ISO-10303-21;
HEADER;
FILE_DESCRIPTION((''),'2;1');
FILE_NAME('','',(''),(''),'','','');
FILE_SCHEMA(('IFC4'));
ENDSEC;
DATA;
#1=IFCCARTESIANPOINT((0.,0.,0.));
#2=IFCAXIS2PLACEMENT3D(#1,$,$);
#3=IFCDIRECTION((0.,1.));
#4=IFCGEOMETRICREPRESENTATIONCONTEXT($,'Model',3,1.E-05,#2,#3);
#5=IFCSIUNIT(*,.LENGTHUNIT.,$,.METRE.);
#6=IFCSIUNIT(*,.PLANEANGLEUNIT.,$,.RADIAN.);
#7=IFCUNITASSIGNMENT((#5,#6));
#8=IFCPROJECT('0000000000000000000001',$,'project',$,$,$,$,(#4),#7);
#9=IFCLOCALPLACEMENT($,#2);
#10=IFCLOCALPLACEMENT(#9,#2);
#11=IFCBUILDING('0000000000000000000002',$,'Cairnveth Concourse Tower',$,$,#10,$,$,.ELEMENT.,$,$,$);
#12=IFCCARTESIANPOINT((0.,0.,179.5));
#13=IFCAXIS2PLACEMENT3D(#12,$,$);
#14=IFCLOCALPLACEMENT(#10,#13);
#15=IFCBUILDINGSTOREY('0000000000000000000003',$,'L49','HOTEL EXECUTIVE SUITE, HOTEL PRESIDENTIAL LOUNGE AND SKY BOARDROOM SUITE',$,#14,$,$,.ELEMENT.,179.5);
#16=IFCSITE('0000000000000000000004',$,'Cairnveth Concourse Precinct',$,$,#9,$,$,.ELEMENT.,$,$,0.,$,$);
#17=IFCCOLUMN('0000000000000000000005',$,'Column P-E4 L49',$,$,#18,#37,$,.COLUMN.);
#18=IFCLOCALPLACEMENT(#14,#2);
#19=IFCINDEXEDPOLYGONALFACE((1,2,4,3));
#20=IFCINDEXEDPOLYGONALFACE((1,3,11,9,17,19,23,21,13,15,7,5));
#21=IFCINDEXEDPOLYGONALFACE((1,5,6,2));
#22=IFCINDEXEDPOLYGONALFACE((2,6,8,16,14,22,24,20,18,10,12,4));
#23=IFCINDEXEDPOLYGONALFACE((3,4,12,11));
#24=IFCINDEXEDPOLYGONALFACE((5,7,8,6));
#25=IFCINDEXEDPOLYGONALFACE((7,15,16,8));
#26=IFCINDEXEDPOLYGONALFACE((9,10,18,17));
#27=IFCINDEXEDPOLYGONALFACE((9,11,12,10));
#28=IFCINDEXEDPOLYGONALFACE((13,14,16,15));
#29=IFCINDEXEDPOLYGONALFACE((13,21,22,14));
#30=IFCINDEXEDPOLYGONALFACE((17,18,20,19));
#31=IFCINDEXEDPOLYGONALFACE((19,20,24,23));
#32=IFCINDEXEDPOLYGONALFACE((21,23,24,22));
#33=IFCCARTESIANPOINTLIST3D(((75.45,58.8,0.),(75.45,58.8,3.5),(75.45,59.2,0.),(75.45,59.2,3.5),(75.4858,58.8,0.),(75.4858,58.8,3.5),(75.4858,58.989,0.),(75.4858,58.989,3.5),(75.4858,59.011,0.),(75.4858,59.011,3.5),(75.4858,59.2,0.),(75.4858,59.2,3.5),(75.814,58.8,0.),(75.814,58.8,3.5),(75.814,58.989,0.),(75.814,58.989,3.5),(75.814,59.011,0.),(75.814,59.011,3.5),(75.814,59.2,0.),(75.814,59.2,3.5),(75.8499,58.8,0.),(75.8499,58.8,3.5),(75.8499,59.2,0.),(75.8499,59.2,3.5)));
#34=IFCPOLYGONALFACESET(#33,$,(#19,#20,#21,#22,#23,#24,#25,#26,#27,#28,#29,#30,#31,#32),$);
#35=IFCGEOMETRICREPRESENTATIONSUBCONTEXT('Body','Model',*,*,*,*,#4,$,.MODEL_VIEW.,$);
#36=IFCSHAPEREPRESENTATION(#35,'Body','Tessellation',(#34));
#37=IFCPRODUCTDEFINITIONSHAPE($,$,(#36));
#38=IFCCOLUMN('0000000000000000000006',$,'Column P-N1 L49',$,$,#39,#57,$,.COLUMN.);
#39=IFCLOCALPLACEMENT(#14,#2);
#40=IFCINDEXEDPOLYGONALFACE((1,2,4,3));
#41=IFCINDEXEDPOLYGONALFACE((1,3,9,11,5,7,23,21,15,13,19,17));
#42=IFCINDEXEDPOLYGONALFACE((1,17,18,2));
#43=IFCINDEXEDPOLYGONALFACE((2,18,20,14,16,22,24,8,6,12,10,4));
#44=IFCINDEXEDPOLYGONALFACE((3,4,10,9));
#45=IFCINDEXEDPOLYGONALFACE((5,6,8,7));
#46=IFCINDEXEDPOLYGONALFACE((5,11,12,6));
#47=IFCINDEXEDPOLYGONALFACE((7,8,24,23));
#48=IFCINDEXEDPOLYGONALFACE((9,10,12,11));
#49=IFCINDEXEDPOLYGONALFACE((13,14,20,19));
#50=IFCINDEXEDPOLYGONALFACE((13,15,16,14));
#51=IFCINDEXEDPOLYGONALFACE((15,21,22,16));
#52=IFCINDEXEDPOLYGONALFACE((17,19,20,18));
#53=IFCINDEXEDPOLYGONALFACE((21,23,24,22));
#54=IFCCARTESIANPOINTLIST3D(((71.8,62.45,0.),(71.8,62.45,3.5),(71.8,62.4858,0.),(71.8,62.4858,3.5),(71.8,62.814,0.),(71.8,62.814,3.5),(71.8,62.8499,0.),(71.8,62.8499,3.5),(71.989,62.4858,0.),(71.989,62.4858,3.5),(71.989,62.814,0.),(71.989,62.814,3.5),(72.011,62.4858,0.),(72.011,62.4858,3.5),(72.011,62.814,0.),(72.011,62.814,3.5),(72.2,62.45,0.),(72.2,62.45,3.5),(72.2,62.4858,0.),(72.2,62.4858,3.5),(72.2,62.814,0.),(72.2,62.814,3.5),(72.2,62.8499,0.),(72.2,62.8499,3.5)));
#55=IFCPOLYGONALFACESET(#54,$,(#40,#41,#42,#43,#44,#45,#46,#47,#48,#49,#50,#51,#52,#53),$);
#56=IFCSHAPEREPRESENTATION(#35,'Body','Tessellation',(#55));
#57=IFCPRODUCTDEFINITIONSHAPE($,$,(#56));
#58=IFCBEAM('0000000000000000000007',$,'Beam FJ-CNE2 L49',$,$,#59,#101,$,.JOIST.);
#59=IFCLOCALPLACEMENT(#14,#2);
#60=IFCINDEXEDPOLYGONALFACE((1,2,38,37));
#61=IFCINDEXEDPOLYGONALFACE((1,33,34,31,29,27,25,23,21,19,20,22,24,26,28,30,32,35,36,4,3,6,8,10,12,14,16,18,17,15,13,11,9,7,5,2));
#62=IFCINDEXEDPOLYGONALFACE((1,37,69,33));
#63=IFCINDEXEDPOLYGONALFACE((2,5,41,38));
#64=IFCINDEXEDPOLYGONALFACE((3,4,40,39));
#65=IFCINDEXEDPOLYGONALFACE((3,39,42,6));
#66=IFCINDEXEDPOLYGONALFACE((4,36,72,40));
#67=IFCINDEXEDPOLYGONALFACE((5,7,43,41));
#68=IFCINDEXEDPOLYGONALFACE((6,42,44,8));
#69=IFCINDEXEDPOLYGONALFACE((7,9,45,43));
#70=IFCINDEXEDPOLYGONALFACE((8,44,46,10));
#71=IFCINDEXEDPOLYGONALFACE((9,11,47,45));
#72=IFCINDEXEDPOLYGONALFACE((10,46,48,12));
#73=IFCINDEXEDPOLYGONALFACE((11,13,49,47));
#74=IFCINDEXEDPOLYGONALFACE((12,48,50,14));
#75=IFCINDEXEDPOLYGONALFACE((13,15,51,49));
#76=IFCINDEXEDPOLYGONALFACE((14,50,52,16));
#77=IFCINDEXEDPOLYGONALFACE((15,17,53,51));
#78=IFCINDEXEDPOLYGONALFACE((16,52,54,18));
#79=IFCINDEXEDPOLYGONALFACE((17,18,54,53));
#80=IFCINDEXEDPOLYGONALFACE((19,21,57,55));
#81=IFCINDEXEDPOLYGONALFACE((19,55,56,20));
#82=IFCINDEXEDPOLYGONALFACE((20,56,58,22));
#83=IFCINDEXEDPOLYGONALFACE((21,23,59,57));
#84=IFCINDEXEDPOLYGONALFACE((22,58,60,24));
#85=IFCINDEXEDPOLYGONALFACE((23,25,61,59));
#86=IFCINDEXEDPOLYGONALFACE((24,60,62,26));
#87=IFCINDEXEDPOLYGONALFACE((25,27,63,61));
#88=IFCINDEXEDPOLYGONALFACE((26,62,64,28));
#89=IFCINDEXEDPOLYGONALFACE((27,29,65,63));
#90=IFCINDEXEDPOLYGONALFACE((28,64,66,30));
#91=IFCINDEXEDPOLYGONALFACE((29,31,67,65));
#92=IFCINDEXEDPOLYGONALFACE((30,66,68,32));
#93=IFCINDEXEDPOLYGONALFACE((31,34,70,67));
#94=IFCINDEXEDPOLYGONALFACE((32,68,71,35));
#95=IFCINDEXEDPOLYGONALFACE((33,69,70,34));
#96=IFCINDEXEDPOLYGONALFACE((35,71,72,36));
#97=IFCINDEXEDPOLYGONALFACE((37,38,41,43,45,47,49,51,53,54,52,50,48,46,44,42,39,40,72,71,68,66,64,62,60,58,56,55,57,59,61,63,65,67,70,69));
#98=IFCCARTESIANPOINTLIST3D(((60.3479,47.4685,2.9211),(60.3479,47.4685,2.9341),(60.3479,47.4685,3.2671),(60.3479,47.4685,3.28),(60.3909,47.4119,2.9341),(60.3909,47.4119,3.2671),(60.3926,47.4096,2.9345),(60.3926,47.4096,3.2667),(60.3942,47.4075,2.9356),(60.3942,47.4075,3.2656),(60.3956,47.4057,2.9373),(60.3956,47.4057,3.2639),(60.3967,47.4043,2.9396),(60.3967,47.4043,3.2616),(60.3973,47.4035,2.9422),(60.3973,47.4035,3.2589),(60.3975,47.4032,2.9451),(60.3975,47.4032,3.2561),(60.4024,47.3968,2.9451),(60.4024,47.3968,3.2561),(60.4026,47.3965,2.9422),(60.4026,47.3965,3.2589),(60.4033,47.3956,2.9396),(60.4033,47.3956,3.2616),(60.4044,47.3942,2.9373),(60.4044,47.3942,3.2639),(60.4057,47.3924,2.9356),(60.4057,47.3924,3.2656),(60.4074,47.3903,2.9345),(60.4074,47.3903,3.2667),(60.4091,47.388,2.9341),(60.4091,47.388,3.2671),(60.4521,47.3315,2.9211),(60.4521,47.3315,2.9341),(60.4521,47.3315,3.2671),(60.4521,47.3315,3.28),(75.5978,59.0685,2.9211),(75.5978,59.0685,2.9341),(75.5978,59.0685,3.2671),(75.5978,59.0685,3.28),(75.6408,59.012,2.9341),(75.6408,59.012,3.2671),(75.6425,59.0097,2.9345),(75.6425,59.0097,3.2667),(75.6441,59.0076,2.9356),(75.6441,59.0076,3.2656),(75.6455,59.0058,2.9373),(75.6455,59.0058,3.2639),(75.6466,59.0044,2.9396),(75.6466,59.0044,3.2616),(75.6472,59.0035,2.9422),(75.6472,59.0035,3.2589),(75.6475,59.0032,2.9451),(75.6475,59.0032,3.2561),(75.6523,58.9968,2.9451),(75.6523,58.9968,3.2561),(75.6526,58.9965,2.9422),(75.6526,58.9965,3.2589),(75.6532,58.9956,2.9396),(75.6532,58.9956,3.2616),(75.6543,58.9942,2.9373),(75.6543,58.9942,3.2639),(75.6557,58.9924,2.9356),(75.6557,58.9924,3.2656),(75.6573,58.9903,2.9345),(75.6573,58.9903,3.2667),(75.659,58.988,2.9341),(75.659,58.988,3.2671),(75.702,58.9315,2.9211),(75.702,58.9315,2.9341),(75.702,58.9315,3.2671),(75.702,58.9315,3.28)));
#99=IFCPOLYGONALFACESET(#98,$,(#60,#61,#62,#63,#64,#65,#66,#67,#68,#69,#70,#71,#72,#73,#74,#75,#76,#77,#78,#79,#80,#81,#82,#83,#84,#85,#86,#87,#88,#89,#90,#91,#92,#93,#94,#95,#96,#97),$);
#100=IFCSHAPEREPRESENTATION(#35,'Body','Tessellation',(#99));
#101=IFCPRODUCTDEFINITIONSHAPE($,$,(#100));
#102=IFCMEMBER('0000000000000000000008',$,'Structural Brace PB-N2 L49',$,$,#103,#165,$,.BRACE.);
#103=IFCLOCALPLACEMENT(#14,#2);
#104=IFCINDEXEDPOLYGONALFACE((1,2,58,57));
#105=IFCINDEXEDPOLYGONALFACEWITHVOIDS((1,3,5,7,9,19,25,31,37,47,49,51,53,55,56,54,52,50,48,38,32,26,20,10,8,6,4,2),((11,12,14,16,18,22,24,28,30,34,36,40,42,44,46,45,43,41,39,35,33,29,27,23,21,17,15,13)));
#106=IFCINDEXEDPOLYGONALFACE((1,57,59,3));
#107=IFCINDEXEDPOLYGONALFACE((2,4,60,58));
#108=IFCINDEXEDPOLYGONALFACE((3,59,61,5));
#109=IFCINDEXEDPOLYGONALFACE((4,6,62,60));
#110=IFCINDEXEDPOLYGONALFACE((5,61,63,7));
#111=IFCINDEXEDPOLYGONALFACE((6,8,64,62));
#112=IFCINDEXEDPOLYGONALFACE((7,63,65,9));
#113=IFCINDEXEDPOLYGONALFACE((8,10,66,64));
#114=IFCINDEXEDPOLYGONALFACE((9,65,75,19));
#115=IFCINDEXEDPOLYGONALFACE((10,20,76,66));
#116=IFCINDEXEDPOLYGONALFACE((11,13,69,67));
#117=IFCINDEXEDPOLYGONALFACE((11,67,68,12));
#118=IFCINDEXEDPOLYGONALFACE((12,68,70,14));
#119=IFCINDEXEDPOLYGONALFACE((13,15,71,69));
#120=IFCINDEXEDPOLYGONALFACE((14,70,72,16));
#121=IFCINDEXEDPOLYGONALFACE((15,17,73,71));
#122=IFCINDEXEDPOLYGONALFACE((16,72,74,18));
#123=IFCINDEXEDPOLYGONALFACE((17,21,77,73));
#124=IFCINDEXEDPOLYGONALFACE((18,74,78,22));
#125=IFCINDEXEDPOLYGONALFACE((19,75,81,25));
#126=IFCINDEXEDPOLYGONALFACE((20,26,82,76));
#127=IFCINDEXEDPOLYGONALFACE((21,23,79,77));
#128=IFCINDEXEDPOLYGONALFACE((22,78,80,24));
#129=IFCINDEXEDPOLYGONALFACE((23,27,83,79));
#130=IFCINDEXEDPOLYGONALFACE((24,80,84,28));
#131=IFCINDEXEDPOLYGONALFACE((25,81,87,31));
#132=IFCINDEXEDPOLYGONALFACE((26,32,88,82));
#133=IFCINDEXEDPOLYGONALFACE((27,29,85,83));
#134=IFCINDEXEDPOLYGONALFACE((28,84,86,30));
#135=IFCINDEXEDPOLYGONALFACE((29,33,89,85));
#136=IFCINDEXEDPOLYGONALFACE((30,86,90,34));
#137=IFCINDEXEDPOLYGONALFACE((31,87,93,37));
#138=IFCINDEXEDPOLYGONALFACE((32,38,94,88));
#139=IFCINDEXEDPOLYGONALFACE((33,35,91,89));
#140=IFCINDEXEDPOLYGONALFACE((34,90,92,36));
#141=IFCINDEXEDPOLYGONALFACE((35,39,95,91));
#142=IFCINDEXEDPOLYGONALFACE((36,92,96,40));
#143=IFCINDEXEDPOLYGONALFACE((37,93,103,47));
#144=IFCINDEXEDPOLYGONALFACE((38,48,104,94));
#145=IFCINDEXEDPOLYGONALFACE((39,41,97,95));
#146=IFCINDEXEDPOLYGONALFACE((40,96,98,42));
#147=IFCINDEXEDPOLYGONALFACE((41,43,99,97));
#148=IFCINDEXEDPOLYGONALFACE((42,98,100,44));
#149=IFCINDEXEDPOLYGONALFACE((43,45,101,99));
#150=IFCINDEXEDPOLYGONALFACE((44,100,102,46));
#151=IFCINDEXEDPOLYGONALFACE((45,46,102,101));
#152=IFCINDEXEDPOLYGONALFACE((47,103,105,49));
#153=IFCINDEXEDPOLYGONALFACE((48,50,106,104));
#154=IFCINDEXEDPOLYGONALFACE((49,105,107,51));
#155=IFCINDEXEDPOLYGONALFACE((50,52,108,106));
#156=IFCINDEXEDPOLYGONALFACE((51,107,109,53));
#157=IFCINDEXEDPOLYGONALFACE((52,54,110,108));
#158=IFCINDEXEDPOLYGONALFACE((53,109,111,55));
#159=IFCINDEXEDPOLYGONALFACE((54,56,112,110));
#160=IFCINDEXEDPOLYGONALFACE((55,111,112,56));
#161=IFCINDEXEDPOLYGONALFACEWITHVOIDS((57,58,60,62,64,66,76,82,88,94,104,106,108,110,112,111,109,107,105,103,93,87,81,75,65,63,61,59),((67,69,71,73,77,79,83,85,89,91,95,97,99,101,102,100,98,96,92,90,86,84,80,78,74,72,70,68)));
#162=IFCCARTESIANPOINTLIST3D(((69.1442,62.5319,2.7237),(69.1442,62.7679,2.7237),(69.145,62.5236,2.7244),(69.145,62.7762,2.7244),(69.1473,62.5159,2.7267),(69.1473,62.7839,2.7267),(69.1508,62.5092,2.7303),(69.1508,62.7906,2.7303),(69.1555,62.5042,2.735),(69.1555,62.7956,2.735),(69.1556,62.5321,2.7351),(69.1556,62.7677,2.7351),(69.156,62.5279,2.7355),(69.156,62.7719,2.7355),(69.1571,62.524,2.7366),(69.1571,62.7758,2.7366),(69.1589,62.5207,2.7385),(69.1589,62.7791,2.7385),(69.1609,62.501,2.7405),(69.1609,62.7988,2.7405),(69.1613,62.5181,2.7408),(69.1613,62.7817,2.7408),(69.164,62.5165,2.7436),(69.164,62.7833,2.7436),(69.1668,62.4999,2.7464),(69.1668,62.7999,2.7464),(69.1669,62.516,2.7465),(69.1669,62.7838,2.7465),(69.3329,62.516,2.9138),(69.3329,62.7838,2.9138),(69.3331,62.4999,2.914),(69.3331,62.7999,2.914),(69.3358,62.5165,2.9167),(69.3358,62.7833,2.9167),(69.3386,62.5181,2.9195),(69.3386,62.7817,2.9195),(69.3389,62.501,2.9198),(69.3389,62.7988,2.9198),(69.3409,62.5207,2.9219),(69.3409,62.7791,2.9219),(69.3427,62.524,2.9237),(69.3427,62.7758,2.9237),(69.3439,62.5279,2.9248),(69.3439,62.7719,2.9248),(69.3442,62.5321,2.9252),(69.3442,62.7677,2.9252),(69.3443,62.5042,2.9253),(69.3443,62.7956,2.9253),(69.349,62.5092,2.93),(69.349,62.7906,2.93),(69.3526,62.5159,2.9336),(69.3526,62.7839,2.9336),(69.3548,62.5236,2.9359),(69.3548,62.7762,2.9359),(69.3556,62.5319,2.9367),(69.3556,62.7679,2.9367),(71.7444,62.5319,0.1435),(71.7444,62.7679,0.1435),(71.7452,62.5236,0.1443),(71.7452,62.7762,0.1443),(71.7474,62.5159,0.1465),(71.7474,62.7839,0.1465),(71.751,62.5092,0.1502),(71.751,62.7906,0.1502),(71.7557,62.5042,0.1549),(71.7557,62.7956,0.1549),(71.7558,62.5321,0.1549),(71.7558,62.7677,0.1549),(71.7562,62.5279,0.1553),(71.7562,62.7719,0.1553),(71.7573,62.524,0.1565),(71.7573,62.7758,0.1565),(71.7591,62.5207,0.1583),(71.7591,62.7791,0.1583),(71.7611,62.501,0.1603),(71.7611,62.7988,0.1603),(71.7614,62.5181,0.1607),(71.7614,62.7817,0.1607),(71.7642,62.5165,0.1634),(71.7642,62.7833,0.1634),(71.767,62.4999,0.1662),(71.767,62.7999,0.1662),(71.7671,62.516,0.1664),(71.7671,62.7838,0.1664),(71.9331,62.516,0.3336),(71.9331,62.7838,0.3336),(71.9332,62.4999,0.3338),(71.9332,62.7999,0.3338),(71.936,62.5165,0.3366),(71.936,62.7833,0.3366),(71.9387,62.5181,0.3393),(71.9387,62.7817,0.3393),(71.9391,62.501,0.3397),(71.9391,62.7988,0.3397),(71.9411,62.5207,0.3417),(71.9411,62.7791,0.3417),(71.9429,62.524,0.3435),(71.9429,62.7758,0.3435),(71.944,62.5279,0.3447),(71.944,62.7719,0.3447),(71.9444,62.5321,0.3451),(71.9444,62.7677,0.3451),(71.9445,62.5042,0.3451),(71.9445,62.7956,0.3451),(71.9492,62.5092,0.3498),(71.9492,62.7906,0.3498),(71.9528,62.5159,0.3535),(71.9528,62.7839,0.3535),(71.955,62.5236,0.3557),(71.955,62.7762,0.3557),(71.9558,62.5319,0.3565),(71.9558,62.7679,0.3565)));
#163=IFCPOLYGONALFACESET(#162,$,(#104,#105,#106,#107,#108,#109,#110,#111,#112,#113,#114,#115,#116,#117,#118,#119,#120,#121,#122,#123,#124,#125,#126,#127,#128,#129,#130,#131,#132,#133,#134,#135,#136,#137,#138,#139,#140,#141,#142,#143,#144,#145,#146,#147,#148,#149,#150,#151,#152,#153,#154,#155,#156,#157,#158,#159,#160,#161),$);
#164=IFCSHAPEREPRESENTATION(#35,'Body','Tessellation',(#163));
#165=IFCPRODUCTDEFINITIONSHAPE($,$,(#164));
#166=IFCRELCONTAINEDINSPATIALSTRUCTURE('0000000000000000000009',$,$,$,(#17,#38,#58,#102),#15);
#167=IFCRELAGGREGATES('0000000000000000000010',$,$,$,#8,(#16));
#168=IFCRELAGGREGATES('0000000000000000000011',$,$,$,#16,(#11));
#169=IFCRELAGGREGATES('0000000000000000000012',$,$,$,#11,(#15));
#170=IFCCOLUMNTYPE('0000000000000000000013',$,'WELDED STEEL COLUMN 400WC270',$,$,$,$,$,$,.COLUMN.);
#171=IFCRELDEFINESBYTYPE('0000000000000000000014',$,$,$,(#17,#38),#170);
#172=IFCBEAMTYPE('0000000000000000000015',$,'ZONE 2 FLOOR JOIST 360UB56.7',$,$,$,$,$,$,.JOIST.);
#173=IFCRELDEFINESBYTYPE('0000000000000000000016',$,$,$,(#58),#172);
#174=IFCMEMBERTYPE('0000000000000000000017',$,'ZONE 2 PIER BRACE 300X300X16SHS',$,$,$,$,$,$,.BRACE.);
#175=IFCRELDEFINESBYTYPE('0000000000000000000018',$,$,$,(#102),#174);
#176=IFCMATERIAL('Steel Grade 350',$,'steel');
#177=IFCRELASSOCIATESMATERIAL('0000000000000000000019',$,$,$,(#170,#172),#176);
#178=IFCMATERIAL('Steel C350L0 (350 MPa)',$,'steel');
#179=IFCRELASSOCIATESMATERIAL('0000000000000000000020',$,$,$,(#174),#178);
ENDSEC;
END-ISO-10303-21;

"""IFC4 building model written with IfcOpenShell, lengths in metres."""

from ifc_helpers import new_model, si_unit, direction, frame, origin, origin_2d, place, context, subcontext, project, spatial, hollow_rectangle, i_section, extrude, material, material_profile, profile_set, type_object, element, save


model = new_model("IFC4")

# Units and contexts
model_context = context("Model", 3, precision=1e-05, world=origin(), true_north=direction((0.0, 1.0)))
body_context = subcontext(model_context, "Body", "Model", "MODEL_VIEW")
ifc_project = project(units=[si_unit("LENGTHUNIT", "METRE"), si_unit("PLANEANGLEUNIT", "RADIAN")], contexts=[model_context])

# Site, building, storey
site_placement = place(None, origin())
site = spatial("IfcSite", under=ifc_project, at=site_placement, Name="Cairnveth Concourse Precinct", CompositionType="ELEMENT", RefElevation=0.0)
building_placement = place(site_placement, origin())
building = spatial("IfcBuilding", under=site, at=building_placement, Name="Cairnveth Concourse Tower", CompositionType="ELEMENT")
storey_placement = place(building_placement, frame((0.0, 0.0, 179.5)))
storey = spatial("IfcBuildingStorey", under=building, at=storey_placement, Name="L49", Description="HOTEL EXECUTIVE SUITE, HOTEL PRESIDENTIAL LOUNGE AND SKY BOARDROOM SUITE", CompositionType="ELEMENT", Elevation=179.5)

# Columns
ifc_material_1 = material(Name="Steel Grade 350", Category="steel")
ifc_material_profile_1 = material_profile(ifc_material_1, i_section(OverallWidth=0.3999, OverallDepth=0.3999, WebThickness=0.022, FlangeThickness=0.0359, at=origin_2d()), Name="400WC270")
ifc_profile_set_1 = profile_set([ifc_material_profile_1], Name="Steel Grade 350")
column_type = type_object("IfcColumnType", Name="WELDED STEEL COLUMN 400WC270", PredefinedType="COLUMN", material=ifc_profile_set_1)
for number, where, z_axis, x_axis, name in (
    (1, (75.6499, 59.0, 0.0), (0.0, 0.0, 1.0), (0.0, 1.0, 0.0), "Column P-E4 L49"),
    (2, (72.0, 62.6499, 0.0), (0.0, 0.0, 1.0), (1.0, 0.0, 0.0), "Column P-N1 L49"),
):
    element("IfcColumn", number, at=place(storey_placement, frame(where, z_axis=z_axis, x_axis=x_axis)), inside=storey, type_object=column_type, Name=name, PredefinedType="COLUMN", context=body_context, shape_type="SweptSolid", body=[
        extrude(i_section(OverallWidth=0.3999, OverallDepth=0.3999, WebThickness=0.022, FlangeThickness=0.0359, at=origin_2d()), origin(), (0.0, 0.0, 1.0), 3.5),
    ])

# Beam
ifc_material_profile_2 = material_profile(ifc_material_1, i_section(OverallWidth=0.1721, OverallDepth=0.3589, WebThickness=0.0081, FlangeThickness=0.0129, FilletRadius=0.011, at=origin_2d()), Name="360UB56.7")
ifc_profile_set_2 = profile_set([ifc_material_profile_2], Name="Steel Grade 350")
beam_type_1 = type_object("IfcBeamType", Name="ZONE 2 FLOOR JOIST 360UB56.7", PredefinedType="JOIST", material=ifc_profile_set_2)
beam_1_placement = place(storey_placement, frame((75.6499, 59.0, 3.1006), z_axis=(-0.795908, -0.605417, 0.0), x_axis=(0.605417, -0.795908, 0.0)))
element("IfcBeam", 3, at=beam_1_placement, inside=storey, type_object=beam_type_1, Name="Beam FJ-CNE2 L49", PredefinedType="JOIST", context=body_context, shape_type="SweptSolid", body=[
    extrude(i_section(OverallWidth=0.1721, OverallDepth=0.3589, WebThickness=0.0081, FlangeThickness=0.0129, FilletRadius=0.011, at=origin_2d()), origin(), (0.0, 0.0, 1.0), 19.1604),
])

# Member
ifc_material_2 = material(Name="Steel C350L0 (350 MPa)", Category="steel")
ifc_material_profile_3 = material_profile(ifc_material_2, hollow_rectangle(XDim=0.3, YDim=0.3, WallThickness=0.0161, InnerFilletRadius=0.0161, OuterFilletRadius=0.032, at=origin_2d()), Name="300x300x16.0SHS")
ifc_profile_set_3 = profile_set([ifc_material_profile_3], Name="Steel C350L0 (350 MPa)")
member_type = type_object("IfcMemberType", Name="ZONE 2 PIER BRACE 300X300X16SHS", PredefinedType="BRACE", material=ifc_profile_set_3)
for number, where, z_axis, x_axis, name in (
    (4, (71.8501, 62.6499, 0.25), (-0.709834, 0.0, 0.704369), (0.0, -1.0, 0.0), "Structural Brace PB-N2 L49"),
):
    element("IfcMember", number, at=place(storey_placement, frame(where, z_axis=z_axis, x_axis=x_axis)), inside=storey, type_object=member_type, Name=name, PredefinedType="BRACE", context=body_context, shape_type="SweptSolid", body=[
        extrude(hollow_rectangle(XDim=0.3, YDim=0.3, WallThickness=0.0161, InnerFilletRadius=0.0161, OuterFilletRadius=0.032, at=origin_2d()), origin(), (0.0, 0.0, 1.0), 3.6631),
    ])

save(model, "model.ifc")
